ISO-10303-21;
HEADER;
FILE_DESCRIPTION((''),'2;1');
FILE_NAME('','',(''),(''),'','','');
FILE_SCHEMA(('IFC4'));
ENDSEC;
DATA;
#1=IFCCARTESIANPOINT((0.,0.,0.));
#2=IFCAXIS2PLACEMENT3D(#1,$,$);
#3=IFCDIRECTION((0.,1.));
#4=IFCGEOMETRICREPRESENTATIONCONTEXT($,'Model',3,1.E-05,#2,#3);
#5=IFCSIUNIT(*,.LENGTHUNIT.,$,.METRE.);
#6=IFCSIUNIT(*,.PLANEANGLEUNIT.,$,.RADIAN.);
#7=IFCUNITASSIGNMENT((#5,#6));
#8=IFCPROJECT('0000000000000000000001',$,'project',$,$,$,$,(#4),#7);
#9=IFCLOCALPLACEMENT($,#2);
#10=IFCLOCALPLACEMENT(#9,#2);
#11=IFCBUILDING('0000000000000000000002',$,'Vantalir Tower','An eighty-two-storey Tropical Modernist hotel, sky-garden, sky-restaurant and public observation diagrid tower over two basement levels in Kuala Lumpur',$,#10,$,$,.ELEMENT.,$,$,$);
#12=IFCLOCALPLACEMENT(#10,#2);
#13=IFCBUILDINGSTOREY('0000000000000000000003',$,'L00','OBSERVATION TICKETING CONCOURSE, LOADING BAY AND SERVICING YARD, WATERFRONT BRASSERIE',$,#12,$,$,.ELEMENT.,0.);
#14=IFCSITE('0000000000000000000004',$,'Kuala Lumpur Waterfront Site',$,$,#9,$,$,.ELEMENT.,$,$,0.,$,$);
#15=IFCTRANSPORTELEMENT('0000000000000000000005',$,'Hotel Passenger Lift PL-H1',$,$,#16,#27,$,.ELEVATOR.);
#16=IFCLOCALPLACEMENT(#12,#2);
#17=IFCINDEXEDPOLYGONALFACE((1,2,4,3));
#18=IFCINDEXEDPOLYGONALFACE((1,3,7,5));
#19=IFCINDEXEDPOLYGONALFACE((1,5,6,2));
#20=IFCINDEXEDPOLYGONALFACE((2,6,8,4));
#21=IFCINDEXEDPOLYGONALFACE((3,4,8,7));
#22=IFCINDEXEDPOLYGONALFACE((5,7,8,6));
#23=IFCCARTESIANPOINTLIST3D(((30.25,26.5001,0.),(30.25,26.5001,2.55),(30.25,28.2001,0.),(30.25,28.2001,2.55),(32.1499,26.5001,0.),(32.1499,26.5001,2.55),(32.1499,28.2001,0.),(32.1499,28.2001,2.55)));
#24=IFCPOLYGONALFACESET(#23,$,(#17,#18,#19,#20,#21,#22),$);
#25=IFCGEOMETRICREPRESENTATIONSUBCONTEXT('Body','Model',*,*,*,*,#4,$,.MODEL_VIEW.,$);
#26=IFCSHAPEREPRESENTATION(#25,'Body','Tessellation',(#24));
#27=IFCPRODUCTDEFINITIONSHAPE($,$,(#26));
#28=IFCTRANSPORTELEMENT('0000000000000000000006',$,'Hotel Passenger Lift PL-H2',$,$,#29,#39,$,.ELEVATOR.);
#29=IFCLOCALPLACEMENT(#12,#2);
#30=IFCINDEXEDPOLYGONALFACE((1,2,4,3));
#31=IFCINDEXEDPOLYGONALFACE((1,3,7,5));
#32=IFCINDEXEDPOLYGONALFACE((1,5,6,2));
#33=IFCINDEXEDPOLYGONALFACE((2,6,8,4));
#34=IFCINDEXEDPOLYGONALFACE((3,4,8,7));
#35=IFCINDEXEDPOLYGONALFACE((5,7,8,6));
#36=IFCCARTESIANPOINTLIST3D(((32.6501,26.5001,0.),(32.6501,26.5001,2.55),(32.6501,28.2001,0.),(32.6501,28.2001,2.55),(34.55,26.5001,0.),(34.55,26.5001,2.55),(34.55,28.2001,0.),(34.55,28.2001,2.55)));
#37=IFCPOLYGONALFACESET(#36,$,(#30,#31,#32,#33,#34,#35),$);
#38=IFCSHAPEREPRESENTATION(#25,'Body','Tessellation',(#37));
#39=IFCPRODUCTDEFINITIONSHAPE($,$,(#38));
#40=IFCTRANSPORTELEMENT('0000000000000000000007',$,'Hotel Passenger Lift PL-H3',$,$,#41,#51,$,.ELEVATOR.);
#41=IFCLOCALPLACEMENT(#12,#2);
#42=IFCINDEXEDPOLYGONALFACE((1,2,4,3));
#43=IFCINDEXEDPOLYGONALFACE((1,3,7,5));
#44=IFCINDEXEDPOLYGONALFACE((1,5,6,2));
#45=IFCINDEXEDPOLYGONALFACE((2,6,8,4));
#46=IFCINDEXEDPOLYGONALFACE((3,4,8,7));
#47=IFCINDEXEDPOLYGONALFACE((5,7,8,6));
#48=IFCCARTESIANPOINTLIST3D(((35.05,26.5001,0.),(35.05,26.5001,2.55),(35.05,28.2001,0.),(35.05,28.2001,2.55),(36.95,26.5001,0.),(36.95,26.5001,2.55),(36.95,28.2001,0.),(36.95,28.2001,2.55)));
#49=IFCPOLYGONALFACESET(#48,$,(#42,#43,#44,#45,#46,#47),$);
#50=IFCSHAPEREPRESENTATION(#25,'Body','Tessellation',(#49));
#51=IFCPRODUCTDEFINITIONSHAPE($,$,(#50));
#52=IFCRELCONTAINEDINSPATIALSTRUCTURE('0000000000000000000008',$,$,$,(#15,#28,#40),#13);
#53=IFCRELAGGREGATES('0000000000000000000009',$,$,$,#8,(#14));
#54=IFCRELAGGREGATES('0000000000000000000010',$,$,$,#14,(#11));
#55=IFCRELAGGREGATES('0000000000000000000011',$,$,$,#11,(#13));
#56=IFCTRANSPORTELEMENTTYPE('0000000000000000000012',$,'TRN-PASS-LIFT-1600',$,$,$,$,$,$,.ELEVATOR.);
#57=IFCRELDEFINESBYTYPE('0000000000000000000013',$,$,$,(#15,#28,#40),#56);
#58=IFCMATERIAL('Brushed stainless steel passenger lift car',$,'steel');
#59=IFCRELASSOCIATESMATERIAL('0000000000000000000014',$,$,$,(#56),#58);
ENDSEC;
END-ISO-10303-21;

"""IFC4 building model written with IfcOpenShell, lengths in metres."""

from ifc_helpers import new_model, si_unit, direction, frame, origin, origin_2d, place, context, subcontext, project, spatial, rectangle, extrude, material, type_object, element, save


model = new_model("IFC4")

# Units and contexts
model_context = context("Model", 3, precision=1e-05, world=origin(), true_north=direction((0.0, 1.0)))
body_context = subcontext(model_context, "Body", "Model", "MODEL_VIEW")
ifc_project = project(units=[si_unit("LENGTHUNIT", "METRE"), si_unit("PLANEANGLEUNIT", "RADIAN")], contexts=[model_context])

# Site, building, storey
site_placement = place(None, origin())
site = spatial("IfcSite", under=ifc_project, at=site_placement, Name="Kuala Lumpur Waterfront Site", CompositionType="ELEMENT", RefElevation=0.0)
building_placement = place(site_placement, origin())
building = spatial("IfcBuilding", under=site, at=building_placement, Name="Vantalir Tower", Description="An eighty-two-storey Tropical Modernist hotel, sky-garden, sky-restaurant and public observation diagrid tower over two basement levels in Kuala Lumpur", CompositionType="ELEMENT")
storey_placement = place(building_placement, origin())
storey = spatial("IfcBuildingStorey", under=building, at=storey_placement, Name="L00", Description="OBSERVATION TICKETING CONCOURSE, LOADING BAY AND SERVICING YARD, WATERFRONT BRASSERIE", CompositionType="ELEMENT", Elevation=0.0)

# Transport elements
ifc_material_1 = material(Name="Brushed stainless steel passenger lift car", Category="steel")
transport_element_type = type_object("IfcTransportElementType", Name="TRN-PASS-LIFT-1600", PredefinedType="ELEVATOR", material=ifc_material_1)
for number, where, z_axis, x_axis, name in (
    (1, (31.2, 27.3501, 0.0), (0.0, 0.0, 1.0), (1.0, 0.0, 0.0), "Hotel Passenger Lift PL-H1"),
    (2, (33.6001, 27.3501, 0.0), (0.0, 0.0, 1.0), (1.0, 0.0, 0.0), "Hotel Passenger Lift PL-H2"),
    (3, (36.0, 27.3501, 0.0), (0.0, 0.0, 1.0), (1.0, 0.0, 0.0), "Hotel Passenger Lift PL-H3"),
):
    element("IfcTransportElement", number, at=place(storey_placement, frame(where, z_axis=z_axis, x_axis=x_axis)), inside=storey, type_object=transport_element_type, Name=name, PredefinedType="ELEVATOR", context=body_context, shape_type="SweptSolid", body=[
        extrude(rectangle(XDim=1.8999, YDim=1.7, at=origin_2d()), origin(), (0.0, 0.0, 1.0), 2.55),
    ])

save(model, "model.ifc")
